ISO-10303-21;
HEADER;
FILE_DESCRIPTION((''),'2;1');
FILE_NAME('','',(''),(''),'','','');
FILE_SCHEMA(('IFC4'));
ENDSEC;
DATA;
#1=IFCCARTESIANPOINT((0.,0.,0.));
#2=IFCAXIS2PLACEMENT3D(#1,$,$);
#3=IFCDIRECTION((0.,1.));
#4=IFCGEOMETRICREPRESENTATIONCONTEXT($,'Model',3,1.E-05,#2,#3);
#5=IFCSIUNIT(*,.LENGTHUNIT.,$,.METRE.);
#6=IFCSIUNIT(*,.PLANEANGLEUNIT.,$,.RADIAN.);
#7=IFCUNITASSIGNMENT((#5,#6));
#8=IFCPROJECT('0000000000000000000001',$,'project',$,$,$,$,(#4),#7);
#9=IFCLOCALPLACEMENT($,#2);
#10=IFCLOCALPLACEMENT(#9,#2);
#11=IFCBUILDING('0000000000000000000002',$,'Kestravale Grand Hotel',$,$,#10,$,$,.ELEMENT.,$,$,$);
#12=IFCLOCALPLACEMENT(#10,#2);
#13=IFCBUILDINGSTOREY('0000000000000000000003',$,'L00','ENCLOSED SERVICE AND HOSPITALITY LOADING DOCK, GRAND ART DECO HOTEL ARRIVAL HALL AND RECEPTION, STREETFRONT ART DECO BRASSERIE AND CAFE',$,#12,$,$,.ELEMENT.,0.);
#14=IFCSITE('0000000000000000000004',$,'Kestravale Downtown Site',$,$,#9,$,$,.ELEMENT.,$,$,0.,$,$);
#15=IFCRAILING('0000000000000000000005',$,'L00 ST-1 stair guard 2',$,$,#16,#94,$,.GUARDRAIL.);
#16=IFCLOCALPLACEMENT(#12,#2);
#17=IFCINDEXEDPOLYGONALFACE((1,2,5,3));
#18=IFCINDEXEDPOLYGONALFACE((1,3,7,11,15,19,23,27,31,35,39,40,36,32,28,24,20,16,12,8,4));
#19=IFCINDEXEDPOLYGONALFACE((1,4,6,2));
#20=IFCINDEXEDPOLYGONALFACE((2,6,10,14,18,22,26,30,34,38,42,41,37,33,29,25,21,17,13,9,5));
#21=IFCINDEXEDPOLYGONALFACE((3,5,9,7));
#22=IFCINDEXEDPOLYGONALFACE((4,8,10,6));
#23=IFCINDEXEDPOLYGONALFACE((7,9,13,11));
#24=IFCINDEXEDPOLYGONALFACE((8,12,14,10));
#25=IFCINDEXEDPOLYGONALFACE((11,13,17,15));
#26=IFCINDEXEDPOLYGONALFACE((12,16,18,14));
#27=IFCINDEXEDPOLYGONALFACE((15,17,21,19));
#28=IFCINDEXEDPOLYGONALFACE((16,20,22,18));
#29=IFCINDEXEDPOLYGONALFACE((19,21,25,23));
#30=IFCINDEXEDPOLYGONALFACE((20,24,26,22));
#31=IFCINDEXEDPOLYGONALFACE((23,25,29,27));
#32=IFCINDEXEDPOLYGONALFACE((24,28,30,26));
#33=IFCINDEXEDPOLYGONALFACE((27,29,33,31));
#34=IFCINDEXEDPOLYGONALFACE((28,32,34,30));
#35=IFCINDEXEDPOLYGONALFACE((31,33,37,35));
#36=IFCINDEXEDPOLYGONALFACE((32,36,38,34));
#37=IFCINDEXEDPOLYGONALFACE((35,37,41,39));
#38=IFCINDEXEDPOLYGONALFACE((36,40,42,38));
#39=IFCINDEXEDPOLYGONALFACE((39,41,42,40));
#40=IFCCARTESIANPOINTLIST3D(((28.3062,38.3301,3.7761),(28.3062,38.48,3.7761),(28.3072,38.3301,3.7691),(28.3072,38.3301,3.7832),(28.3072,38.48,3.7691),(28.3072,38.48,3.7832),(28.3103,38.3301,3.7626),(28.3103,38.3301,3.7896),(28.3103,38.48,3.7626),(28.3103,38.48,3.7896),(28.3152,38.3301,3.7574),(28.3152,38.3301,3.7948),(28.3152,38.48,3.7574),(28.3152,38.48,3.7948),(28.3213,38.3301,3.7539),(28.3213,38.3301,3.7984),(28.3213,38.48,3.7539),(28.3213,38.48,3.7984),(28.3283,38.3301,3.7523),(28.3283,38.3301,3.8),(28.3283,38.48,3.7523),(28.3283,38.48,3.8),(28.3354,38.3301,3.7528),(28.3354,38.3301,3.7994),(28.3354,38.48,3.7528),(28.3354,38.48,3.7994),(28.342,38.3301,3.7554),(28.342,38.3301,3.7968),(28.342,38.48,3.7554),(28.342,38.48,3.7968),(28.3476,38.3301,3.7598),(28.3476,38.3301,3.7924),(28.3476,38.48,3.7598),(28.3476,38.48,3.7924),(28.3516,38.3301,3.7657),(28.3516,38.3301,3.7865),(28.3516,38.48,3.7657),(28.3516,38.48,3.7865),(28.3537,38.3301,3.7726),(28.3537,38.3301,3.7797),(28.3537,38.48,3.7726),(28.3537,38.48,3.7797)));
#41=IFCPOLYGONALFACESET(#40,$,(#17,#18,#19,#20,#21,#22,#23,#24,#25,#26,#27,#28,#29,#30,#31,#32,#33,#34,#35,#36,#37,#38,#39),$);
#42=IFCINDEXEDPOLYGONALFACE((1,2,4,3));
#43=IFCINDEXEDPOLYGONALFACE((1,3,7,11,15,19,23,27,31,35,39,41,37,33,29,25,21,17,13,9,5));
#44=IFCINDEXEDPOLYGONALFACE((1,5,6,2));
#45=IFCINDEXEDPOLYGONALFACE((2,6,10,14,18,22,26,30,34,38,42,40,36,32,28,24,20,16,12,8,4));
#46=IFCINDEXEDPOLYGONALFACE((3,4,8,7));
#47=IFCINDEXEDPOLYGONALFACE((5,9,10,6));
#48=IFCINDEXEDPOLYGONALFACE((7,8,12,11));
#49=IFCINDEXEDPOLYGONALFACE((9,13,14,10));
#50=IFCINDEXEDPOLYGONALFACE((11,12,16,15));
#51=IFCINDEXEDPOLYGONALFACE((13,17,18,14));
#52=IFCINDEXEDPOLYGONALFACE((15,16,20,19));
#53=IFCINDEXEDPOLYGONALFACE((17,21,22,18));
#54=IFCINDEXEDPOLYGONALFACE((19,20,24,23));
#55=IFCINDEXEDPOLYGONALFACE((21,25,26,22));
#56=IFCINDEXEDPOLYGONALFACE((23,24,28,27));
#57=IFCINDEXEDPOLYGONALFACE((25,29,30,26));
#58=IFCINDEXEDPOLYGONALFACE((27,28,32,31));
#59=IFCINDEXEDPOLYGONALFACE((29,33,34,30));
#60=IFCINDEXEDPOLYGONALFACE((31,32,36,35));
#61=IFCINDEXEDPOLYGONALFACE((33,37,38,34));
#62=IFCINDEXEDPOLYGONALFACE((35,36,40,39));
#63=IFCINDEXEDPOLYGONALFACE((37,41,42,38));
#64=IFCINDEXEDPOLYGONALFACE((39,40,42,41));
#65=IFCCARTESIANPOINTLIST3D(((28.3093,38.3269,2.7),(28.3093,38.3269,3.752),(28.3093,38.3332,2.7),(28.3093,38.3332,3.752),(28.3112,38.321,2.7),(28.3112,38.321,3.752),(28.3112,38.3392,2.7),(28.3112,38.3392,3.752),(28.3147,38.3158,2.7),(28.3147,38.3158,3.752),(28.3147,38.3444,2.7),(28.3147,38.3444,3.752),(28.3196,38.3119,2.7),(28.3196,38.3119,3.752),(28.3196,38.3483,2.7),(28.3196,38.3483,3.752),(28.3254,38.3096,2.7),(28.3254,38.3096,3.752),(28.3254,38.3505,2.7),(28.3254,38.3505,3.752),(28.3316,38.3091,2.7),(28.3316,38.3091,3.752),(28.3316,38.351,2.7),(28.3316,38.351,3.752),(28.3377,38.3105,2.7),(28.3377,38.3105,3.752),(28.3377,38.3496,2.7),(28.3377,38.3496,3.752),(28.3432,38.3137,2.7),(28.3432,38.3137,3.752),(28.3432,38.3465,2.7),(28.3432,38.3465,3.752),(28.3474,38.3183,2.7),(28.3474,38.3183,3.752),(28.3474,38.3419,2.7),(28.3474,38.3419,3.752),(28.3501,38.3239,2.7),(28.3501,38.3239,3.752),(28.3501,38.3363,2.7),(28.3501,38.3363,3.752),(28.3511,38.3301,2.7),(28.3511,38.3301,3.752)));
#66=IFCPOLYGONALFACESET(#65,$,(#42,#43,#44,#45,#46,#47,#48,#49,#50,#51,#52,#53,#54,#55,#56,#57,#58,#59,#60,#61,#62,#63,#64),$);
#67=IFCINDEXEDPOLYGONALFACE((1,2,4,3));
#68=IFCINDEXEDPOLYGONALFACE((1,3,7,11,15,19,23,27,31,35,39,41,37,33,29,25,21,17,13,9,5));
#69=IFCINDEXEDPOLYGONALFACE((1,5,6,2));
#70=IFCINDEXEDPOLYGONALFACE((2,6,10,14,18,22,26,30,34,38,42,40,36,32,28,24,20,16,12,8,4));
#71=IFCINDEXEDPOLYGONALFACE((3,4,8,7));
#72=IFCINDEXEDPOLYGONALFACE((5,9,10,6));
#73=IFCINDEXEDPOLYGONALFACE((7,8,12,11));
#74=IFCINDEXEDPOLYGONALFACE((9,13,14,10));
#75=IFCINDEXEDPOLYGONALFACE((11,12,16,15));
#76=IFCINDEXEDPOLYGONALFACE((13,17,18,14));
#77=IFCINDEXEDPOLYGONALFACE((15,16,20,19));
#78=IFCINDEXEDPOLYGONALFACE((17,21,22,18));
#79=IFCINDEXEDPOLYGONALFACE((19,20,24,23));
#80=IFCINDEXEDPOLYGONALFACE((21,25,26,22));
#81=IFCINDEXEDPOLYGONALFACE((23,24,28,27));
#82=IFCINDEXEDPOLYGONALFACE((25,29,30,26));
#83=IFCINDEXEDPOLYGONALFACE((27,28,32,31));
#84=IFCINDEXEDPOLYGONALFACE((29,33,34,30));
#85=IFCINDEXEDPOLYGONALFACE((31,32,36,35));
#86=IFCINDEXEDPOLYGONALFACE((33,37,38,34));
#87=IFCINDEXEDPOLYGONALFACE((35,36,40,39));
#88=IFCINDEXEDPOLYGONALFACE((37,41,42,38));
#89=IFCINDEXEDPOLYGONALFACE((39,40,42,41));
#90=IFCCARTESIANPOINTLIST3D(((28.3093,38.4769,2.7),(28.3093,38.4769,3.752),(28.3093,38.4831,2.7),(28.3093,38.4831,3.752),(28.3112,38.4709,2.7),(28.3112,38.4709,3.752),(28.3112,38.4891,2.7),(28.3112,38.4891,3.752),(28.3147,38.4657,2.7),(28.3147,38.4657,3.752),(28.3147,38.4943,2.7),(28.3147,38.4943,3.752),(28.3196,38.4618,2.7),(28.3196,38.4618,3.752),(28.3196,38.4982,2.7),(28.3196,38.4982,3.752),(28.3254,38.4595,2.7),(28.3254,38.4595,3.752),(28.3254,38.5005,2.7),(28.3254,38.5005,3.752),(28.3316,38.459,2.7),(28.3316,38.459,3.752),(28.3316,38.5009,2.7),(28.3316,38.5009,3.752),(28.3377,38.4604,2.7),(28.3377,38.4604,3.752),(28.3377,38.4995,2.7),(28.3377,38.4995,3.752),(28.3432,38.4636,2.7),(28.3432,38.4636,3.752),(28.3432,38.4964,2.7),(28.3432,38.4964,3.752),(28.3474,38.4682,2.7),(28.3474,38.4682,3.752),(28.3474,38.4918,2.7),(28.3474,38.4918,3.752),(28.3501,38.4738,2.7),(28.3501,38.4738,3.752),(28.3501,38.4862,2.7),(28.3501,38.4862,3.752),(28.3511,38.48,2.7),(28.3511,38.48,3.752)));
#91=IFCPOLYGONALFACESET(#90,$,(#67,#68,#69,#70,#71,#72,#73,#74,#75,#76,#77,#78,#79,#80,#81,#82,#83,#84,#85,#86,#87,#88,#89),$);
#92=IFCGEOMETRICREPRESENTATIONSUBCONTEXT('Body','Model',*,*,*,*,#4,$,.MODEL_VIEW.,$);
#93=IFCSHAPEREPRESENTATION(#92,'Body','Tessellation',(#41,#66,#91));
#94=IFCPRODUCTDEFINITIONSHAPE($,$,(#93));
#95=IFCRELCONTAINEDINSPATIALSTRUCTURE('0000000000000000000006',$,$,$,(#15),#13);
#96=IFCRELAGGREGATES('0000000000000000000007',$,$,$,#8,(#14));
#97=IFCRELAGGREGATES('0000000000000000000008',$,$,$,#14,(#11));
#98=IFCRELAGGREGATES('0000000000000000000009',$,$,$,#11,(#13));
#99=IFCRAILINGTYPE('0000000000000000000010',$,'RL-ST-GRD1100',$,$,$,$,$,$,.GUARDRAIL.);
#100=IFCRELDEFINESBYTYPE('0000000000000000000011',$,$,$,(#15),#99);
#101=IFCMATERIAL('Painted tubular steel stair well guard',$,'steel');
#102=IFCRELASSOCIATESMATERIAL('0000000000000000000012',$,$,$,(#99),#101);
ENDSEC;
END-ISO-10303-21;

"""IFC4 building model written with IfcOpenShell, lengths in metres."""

from ifc_helpers import new_model, si_unit, direction, frame, origin, origin_2d, place, context, subcontext, project, spatial, circle, extrude, material, type_object, element, save


model = new_model("IFC4")

# Units and contexts
model_context = context("Model", 3, precision=1e-05, world=origin(), true_north=direction((0.0, 1.0)))
body_context = subcontext(model_context, "Body", "Model", "MODEL_VIEW")
ifc_project = project(units=[si_unit("LENGTHUNIT", "METRE"), si_unit("PLANEANGLEUNIT", "RADIAN")], contexts=[model_context])

# Site, building, storey
site_placement = place(None, origin())
site = spatial("IfcSite", under=ifc_project, at=site_placement, Name="Kestravale Downtown Site", CompositionType="ELEMENT", RefElevation=0.0)
building_placement = place(site_placement, origin())
building = spatial("IfcBuilding", under=site, at=building_placement, Name="Kestravale Grand Hotel", CompositionType="ELEMENT")
storey_placement = place(building_placement, origin())
storey = spatial("IfcBuildingStorey", under=building, at=storey_placement, Name="L00", Description="ENCLOSED SERVICE AND HOSPITALITY LOADING DOCK, GRAND ART DECO HOTEL ARRIVAL HALL AND RECEPTION, STREETFRONT ART DECO BRASSERIE AND CAFE", CompositionType="ELEMENT", Elevation=0.0)

# Railing
ifc_material_1 = material(Name="Painted tubular steel stair well guard", Category="steel")
railing_type_1 = type_object("IfcRailingType", Name="RL-ST-GRD1100", PredefinedType="GUARDRAIL", material=ifc_material_1)
railing_1_placement = place(storey_placement, frame((28.3301, 38.3301, 2.7)))
element("IfcRailing", 1, at=railing_1_placement, inside=storey, type_object=railing_type_1, Name="L00 ST-1 stair guard 2", PredefinedType="GUARDRAIL", context=body_context, shape_type="SweptSolid", body=[
    extrude(circle(Radius=0.0239, at=origin_2d()), frame((0.0, 0.0, 1.0762), z_axis=(0.0, 1.0, 0.0), x_axis=(-1.0, 0.0, 0.0)), (0.0, 0.0, 1.0), 0.1499),
    extrude(circle(Radius=0.021, at=origin_2d()), origin(), (0.0, 0.0, 1.0), 1.052),
    extrude(circle(Radius=0.021, at=origin_2d()), frame((0.0, 0.1499, 0.0)), (0.0, 0.0, 1.0), 1.052),
])

save(model, "model.ifc")
